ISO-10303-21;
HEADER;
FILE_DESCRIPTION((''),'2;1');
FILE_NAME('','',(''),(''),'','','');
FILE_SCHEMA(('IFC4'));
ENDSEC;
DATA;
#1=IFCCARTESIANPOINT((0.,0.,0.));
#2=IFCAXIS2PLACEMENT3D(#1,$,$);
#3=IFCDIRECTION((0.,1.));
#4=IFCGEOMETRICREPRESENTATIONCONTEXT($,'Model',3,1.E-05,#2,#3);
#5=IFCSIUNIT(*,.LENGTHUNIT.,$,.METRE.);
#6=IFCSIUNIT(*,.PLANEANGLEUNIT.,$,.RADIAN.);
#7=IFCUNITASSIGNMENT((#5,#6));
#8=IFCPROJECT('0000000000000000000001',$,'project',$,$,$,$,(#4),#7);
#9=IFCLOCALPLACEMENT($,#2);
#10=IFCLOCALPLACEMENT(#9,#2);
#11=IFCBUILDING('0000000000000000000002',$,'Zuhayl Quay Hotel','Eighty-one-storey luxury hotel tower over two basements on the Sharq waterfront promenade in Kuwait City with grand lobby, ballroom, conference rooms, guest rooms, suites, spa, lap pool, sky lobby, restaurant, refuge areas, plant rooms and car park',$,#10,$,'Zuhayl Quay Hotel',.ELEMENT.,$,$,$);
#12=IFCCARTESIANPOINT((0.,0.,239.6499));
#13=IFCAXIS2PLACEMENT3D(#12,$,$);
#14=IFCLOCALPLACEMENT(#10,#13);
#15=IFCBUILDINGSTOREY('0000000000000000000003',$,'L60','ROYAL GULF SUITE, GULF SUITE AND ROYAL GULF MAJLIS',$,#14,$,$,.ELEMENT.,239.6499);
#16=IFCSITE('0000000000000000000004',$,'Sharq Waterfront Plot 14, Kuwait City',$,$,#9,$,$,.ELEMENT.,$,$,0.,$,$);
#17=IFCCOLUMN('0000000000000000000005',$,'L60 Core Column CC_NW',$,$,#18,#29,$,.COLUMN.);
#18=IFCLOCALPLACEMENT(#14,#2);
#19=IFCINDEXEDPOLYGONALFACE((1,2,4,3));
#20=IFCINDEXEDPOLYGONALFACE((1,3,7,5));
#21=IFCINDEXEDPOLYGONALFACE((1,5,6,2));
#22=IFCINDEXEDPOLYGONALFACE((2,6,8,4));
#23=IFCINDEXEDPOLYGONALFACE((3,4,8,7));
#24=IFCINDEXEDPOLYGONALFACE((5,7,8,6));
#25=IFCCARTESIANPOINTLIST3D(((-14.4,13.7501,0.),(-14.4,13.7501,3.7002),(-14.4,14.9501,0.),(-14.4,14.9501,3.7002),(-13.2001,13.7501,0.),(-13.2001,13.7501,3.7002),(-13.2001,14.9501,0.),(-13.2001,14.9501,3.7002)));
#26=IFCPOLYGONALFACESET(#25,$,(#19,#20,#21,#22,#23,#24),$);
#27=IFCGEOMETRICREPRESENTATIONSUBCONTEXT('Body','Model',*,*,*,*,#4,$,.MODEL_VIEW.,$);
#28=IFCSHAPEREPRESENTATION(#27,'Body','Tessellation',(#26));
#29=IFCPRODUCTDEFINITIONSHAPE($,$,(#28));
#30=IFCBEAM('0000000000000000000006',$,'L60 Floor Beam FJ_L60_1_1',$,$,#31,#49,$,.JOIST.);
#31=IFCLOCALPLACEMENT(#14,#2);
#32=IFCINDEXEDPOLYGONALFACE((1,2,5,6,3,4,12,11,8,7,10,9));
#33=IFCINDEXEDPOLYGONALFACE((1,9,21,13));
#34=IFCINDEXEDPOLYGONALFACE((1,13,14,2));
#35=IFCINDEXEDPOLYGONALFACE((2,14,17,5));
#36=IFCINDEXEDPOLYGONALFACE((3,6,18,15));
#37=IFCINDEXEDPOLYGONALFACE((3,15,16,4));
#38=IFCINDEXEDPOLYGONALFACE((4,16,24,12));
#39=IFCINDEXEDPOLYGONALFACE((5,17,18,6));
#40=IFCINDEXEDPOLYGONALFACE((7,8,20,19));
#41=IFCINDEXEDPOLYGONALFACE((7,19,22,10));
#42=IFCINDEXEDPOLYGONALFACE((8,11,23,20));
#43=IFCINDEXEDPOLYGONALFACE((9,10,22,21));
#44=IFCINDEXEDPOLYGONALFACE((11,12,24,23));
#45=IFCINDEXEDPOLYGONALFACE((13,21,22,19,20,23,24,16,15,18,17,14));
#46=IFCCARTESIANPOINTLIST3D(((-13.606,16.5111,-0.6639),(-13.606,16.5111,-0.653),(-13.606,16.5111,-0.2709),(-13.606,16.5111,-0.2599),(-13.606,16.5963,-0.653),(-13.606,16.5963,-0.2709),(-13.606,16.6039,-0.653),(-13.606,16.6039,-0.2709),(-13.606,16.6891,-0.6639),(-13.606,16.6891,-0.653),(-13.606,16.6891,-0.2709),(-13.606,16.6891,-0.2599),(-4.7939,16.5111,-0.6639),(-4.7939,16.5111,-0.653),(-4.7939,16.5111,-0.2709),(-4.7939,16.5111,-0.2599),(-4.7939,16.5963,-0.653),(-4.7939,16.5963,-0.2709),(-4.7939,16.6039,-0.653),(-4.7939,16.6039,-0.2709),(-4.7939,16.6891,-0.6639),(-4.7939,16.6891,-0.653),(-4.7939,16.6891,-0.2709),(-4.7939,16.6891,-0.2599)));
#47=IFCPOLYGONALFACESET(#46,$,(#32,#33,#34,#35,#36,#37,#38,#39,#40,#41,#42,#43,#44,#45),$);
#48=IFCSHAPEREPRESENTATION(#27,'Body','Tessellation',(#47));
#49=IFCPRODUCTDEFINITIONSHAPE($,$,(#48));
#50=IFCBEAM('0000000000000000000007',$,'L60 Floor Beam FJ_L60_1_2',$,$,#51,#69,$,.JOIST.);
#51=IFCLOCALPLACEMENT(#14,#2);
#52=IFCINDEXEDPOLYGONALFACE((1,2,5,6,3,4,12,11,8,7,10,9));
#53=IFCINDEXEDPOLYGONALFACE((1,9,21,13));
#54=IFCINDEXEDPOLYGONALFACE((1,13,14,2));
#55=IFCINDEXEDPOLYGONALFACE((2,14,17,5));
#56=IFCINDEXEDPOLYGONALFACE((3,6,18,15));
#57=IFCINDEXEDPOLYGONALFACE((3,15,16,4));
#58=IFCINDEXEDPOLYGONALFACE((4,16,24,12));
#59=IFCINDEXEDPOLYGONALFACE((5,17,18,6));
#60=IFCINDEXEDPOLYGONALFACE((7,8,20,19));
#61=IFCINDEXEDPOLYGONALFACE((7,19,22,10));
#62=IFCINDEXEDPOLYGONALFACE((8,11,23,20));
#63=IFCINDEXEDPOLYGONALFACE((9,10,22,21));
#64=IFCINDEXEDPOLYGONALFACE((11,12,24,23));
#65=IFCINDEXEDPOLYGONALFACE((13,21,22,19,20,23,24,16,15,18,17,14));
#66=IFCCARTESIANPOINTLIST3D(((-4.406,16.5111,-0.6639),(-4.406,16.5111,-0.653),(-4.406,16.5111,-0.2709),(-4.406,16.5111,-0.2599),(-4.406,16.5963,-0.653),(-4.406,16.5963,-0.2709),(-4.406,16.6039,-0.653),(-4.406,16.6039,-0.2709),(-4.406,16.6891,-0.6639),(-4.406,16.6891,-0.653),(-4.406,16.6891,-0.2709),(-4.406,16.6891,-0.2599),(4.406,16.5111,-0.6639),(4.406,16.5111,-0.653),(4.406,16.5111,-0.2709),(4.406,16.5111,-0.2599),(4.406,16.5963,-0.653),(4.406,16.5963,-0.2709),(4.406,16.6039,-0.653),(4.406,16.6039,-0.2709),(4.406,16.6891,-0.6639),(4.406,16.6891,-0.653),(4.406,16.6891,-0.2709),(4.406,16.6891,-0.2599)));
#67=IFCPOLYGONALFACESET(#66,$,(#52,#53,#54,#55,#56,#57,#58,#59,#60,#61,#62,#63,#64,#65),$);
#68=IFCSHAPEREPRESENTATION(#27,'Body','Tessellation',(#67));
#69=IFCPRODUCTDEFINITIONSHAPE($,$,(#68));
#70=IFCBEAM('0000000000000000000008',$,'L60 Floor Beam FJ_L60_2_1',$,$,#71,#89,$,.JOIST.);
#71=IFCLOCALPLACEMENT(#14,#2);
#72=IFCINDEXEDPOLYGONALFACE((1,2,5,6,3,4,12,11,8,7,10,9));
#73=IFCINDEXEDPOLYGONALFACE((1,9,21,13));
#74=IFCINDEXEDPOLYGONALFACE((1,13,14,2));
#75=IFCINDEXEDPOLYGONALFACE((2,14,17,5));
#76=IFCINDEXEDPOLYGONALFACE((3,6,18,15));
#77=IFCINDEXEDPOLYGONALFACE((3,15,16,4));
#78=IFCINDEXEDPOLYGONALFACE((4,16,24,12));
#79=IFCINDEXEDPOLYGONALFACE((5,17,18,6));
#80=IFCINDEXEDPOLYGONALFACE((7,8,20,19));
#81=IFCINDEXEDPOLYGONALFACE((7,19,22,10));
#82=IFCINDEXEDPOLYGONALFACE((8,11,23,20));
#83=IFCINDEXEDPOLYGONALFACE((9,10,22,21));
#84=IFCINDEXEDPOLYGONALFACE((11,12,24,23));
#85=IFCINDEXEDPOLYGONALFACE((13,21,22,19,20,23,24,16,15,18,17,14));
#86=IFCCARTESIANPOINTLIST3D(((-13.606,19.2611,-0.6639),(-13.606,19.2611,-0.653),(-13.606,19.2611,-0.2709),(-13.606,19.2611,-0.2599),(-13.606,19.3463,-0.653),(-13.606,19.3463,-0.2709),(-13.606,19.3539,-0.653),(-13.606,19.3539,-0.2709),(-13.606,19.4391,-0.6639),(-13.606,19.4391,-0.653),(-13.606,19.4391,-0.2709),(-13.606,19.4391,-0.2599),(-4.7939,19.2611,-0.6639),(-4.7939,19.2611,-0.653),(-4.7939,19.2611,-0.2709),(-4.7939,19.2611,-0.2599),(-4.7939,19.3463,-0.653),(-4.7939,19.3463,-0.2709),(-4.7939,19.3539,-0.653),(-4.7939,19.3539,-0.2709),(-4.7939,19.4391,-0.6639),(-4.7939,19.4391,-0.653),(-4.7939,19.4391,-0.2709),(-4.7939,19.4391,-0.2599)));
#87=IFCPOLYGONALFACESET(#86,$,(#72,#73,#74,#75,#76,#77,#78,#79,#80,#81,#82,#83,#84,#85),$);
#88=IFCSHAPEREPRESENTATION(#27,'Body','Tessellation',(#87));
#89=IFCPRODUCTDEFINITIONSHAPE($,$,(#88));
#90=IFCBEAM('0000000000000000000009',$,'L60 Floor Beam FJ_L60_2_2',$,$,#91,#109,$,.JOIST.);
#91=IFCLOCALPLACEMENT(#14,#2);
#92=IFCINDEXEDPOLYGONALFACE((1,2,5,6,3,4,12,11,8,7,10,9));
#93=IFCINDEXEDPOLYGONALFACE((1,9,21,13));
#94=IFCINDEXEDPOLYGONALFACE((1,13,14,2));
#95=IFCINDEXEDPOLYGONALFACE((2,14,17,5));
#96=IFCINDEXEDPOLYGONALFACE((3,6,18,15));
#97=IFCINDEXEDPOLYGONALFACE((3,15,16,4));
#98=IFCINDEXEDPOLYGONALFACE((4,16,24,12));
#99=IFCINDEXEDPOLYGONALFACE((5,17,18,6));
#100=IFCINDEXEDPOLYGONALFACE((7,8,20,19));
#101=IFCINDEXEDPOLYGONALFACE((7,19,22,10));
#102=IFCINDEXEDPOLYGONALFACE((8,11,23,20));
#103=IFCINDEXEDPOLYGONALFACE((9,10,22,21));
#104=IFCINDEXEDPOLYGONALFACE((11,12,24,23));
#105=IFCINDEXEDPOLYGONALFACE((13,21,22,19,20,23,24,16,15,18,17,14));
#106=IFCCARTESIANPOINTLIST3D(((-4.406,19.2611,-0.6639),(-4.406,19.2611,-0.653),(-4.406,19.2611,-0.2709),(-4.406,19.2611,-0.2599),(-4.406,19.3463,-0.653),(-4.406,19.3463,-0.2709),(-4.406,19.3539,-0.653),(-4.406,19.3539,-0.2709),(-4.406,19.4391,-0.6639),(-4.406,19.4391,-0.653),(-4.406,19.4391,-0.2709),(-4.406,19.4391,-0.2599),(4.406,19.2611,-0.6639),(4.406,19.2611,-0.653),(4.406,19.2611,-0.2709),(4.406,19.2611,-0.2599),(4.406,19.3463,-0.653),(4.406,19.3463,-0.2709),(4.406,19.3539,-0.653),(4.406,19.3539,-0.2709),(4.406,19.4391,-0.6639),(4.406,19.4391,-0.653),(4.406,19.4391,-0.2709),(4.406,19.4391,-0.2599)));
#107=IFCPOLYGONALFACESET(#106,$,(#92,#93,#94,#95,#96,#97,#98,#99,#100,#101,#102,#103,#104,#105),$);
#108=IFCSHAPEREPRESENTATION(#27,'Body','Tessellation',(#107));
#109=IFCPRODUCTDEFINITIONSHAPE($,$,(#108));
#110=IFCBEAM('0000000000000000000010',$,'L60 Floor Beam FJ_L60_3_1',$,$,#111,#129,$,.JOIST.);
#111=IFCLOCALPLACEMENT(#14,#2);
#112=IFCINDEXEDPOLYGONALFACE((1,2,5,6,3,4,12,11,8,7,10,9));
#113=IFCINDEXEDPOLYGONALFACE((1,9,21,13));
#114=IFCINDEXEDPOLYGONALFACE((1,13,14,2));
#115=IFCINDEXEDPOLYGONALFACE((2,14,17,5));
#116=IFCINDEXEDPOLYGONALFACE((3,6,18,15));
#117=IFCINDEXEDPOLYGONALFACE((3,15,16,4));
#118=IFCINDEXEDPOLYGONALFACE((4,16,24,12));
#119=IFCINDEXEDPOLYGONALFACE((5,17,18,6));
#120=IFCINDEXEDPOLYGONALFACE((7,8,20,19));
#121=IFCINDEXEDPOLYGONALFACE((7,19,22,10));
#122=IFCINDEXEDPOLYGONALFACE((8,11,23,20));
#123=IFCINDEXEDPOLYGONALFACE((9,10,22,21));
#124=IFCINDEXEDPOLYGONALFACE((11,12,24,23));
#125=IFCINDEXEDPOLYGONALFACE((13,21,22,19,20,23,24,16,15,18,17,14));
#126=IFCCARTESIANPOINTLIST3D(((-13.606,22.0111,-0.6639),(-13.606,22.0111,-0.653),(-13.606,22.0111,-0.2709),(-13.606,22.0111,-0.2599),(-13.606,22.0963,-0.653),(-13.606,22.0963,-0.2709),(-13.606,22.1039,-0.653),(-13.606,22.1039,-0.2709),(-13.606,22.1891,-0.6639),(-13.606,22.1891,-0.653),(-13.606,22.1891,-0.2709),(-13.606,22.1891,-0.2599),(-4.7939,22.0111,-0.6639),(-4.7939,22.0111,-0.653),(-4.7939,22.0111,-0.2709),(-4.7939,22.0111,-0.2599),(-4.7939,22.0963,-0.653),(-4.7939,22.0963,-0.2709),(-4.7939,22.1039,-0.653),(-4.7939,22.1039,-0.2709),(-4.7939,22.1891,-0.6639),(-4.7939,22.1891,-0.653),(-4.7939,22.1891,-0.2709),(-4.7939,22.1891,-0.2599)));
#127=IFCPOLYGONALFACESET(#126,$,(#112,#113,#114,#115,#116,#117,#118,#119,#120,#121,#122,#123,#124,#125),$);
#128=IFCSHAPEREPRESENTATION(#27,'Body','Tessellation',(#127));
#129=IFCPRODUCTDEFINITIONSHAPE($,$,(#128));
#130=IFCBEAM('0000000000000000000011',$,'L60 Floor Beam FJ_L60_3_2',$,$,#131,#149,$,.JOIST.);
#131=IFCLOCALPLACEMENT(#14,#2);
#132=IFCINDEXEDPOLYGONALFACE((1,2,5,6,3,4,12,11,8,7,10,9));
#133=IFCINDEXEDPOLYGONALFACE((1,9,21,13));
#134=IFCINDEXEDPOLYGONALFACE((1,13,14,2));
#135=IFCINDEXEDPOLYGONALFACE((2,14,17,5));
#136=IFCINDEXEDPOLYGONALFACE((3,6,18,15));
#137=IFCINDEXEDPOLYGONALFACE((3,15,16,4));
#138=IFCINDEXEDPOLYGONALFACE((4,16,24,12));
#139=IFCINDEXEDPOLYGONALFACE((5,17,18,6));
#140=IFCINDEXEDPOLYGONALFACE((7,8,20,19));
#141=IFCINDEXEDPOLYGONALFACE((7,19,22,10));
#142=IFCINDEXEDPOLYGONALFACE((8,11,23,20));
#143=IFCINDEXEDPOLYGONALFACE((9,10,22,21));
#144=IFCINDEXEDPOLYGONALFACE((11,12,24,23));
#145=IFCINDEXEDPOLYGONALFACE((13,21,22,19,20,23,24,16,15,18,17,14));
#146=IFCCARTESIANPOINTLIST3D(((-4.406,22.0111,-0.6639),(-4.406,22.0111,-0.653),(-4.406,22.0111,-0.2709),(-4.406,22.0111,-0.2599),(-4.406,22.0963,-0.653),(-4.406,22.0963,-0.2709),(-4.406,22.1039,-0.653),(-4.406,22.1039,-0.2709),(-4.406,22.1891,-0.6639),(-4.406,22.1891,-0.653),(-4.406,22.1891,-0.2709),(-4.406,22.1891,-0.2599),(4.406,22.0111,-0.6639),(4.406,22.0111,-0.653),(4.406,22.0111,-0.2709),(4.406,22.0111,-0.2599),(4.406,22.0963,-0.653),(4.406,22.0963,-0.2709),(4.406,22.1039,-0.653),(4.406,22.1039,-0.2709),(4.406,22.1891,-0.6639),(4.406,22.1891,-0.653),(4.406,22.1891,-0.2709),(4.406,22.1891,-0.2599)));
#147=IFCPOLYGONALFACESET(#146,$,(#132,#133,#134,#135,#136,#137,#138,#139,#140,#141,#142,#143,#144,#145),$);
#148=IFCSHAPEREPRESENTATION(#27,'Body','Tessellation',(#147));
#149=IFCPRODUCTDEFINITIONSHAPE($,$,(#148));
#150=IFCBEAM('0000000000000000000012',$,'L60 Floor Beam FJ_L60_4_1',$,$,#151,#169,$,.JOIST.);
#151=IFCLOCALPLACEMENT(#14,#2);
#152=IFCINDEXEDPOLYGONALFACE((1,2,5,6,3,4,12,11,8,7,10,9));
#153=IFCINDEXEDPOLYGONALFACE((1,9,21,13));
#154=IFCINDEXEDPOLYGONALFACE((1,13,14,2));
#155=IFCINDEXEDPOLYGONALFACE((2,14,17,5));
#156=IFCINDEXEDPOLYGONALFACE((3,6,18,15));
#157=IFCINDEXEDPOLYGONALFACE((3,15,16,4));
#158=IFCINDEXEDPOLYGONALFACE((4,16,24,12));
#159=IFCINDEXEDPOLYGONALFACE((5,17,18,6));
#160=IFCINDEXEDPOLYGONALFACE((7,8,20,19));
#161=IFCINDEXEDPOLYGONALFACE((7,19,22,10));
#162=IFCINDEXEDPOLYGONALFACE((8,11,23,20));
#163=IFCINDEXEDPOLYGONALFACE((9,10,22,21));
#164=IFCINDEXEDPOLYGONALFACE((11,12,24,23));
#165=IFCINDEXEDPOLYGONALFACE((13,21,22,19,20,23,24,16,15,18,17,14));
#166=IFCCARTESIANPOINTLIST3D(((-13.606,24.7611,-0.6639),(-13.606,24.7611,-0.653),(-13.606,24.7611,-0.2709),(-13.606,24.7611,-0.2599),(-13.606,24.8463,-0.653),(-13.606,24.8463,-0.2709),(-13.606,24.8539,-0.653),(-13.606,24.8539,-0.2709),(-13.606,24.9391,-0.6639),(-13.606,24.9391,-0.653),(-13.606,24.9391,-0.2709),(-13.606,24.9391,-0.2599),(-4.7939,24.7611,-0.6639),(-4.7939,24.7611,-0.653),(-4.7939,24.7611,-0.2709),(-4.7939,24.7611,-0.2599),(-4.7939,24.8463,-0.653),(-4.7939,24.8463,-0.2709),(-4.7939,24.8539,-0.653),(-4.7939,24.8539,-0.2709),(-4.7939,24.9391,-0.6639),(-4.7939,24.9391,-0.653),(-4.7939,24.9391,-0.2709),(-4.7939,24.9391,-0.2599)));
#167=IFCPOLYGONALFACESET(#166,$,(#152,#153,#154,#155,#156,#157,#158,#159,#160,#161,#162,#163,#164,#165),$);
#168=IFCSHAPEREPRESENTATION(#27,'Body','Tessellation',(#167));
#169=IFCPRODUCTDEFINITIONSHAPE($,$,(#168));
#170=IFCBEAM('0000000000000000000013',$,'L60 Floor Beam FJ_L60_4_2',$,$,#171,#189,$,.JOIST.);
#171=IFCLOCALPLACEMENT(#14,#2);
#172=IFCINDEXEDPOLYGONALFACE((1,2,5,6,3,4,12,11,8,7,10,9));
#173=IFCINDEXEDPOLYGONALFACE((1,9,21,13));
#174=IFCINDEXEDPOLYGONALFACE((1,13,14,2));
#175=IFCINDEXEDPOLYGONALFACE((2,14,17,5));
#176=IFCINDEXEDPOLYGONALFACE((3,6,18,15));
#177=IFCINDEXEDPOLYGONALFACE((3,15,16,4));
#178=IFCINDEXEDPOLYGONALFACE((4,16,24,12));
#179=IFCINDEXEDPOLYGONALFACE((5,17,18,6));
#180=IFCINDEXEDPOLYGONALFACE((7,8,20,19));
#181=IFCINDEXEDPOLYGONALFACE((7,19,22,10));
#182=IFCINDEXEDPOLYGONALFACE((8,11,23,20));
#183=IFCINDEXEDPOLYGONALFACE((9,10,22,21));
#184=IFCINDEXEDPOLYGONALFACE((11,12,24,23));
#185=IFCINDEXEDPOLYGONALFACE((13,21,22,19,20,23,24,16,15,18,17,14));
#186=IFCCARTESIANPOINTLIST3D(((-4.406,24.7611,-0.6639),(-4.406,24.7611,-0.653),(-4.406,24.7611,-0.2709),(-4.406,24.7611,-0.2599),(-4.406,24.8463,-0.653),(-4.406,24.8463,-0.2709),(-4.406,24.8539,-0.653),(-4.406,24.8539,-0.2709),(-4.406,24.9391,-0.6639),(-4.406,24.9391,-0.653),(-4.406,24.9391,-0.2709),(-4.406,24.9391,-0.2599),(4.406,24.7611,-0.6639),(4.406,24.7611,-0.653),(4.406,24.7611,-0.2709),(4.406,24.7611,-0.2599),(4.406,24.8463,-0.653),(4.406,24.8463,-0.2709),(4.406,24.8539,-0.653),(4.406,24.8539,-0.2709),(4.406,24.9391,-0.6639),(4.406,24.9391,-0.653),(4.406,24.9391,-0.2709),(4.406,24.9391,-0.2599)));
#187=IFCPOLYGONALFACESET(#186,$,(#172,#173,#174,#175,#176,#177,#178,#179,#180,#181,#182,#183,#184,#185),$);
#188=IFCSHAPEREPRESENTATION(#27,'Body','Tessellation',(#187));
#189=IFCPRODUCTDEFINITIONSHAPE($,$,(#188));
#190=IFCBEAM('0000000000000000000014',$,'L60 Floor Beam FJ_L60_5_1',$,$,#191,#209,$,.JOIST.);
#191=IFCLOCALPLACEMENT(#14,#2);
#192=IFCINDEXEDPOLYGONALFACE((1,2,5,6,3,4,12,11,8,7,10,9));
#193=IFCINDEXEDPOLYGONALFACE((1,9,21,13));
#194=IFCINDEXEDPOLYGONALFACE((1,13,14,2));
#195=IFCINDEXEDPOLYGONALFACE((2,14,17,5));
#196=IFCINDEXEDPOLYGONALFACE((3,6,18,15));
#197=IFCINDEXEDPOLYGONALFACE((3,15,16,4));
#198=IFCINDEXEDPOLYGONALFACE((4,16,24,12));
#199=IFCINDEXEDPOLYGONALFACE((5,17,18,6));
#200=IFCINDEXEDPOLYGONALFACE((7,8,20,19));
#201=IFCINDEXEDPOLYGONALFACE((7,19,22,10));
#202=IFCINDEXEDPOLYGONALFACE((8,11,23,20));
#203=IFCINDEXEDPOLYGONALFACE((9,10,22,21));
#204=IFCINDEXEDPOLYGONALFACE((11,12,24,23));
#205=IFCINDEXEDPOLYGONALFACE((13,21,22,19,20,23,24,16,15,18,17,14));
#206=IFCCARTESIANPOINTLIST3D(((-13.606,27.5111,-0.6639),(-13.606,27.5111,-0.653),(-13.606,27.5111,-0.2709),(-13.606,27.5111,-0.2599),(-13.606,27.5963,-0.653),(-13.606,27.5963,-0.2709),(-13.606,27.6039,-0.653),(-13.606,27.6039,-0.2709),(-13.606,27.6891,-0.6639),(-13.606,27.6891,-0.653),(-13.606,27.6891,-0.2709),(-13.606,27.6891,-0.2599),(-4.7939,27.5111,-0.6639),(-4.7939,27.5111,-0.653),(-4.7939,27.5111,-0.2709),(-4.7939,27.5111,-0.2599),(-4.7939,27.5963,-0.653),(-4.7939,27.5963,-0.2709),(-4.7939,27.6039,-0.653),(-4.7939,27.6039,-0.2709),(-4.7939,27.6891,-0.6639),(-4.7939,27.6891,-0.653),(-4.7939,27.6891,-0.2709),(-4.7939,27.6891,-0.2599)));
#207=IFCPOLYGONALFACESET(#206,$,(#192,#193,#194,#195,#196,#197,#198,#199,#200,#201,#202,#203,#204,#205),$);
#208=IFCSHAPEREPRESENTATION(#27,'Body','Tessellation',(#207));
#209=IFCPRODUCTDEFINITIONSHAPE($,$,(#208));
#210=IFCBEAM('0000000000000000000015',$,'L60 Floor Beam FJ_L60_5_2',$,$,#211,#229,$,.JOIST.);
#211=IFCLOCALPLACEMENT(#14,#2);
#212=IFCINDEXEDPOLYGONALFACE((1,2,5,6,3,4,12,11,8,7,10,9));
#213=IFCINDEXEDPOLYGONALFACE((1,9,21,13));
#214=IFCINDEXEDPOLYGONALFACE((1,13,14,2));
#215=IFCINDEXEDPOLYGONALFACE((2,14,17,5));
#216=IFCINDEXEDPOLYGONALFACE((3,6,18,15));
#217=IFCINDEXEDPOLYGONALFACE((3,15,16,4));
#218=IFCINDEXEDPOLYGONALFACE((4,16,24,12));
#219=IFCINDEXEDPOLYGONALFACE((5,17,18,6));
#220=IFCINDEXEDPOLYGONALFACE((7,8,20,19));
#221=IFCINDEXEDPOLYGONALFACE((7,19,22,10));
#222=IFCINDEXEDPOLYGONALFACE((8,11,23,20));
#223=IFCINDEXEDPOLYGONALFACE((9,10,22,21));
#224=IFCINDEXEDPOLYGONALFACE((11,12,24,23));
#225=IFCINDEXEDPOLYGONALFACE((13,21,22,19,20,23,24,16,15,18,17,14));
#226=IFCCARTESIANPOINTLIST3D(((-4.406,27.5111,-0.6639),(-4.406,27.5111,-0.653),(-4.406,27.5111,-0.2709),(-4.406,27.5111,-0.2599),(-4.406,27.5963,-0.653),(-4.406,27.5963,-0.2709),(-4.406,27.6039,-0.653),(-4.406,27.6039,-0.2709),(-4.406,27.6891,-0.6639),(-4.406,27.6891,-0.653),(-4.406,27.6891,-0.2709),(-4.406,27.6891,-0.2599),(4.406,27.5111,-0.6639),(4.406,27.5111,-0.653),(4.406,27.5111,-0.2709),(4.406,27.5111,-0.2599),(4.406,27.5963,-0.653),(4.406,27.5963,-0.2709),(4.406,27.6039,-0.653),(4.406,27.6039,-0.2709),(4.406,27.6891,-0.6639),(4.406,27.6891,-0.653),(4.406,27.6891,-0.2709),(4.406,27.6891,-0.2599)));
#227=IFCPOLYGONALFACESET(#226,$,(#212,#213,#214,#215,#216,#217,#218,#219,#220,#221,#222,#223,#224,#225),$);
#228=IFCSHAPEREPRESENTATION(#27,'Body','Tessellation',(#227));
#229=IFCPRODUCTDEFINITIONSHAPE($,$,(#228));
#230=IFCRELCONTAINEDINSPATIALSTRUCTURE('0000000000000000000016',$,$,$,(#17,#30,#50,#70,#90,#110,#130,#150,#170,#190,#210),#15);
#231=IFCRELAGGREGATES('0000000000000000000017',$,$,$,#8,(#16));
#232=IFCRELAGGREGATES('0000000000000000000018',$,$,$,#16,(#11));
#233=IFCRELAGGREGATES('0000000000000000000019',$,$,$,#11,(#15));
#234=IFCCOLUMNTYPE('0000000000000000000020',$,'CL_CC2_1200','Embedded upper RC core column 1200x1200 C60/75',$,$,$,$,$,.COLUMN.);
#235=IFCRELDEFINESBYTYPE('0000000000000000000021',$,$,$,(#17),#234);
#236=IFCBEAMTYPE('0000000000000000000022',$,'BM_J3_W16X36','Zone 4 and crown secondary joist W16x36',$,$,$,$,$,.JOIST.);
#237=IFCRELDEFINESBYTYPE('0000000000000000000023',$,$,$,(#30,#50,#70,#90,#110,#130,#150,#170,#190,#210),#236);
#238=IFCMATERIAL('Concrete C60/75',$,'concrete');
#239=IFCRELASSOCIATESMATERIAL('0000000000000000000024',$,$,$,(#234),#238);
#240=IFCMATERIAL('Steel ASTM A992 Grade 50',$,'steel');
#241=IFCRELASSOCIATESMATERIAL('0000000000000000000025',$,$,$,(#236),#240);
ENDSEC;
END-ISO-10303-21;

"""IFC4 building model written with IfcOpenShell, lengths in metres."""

from ifc_helpers import new_model, si_unit, direction, frame, origin, origin_2d, place, context, subcontext, project, spatial, rectangle, i_section, extrude, material, material_profile, profile_set, type_object, element, save


model = new_model("IFC4")

# Units and contexts
model_context = context("Model", 3, precision=1e-05, world=origin(), true_north=direction((0.0, 1.0)))
body_context = subcontext(model_context, "Body", "Model", "MODEL_VIEW")
ifc_project = project(units=[si_unit("LENGTHUNIT", "METRE"), si_unit("PLANEANGLEUNIT", "RADIAN")], contexts=[model_context])

# Site, building, storey
site_placement = place(None, origin())
site = spatial("IfcSite", under=ifc_project, at=site_placement, Name="Sharq Waterfront Plot 14, Kuwait City", CompositionType="ELEMENT", RefElevation=0.0)
building_placement = place(site_placement, origin())
building = spatial("IfcBuilding", under=site, at=building_placement, Name="Zuhayl Quay Hotel", Description="Eighty-one-storey luxury hotel tower over two basements on the Sharq waterfront promenade in Kuwait City with grand lobby, ballroom, conference rooms, guest rooms, suites, spa, lap pool, sky lobby, restaurant, refuge areas, plant rooms and car park", LongName="Zuhayl Quay Hotel", CompositionType="ELEMENT")
storey_placement = place(building_placement, frame((0.0, 0.0, 239.6499)))
storey = spatial("IfcBuildingStorey", under=building, at=storey_placement, Name="L60", Description="ROYAL GULF SUITE, GULF SUITE AND ROYAL GULF MAJLIS", CompositionType="ELEMENT", Elevation=239.6499)

# Column
ifc_material_1 = material(Name="Concrete C60/75", Category="concrete")
ifc_material_profile_1 = material_profile(ifc_material_1, rectangle(XDim=1.2, YDim=1.2, at=origin_2d()), Name="RC1200X1200")
ifc_profile_set_1 = profile_set([ifc_material_profile_1], Name="Concrete C60/75")
column_type = type_object("IfcColumnType", Name="CL_CC2_1200", Description="Embedded upper RC core column 1200x1200 C60/75", PredefinedType="COLUMN", material=ifc_profile_set_1)
column_placement = place(storey_placement, frame((-13.8, 14.3501, 0.0), z_axis=(0.0, 0.0, 1.0), x_axis=(1.0, 0.0, 0.0)))
element("IfcColumn", 1, at=column_placement, inside=storey, type_object=column_type, Name="L60 Core Column CC_NW", PredefinedType="COLUMN", context=body_context, shape_type="SweptSolid", body=[
    extrude(rectangle(XDim=1.2, YDim=1.2, at=origin_2d()), origin(), (0.0, 0.0, 1.0), 3.7002),
])

# Beams
ifc_material_2 = material(Name="Steel ASTM A992 Grade 50", Category="steel")
ifc_material_profile_2 = material_profile(ifc_material_2, i_section(OverallWidth=0.178, OverallDepth=0.4041, WebThickness=0.0076, FlangeThickness=0.011, at=origin_2d()), Name="W16X36")
ifc_profile_set_2 = profile_set([ifc_material_profile_2], Name="Steel ASTM A992 Grade 50")
beam_type_1 = type_object("IfcBeamType", Name="BM_J3_W16X36", Description="Zone 4 and crown secondary joist W16x36", PredefinedType="JOIST", material=ifc_profile_set_2)
for number, where, z_axis, x_axis, name in (
    (2, (-13.606, 16.6001, -0.4619), (1.0, 0.0, 0.0), (0.0, 1.0, 0.0), "L60 Floor Beam FJ_L60_1_1"),
    (3, (-4.406, 16.6001, -0.4619), (1.0, 0.0, 0.0), (0.0, 1.0, 0.0), "L60 Floor Beam FJ_L60_1_2"),
    (4, (-13.606, 19.3501, -0.4619), (1.0, 0.0, 0.0), (0.0, 1.0, 0.0), "L60 Floor Beam FJ_L60_2_1"),
    (5, (-4.406, 19.3501, -0.4619), (1.0, 0.0, 0.0), (0.0, 1.0, 0.0), "L60 Floor Beam FJ_L60_2_2"),
    (6, (-13.606, 22.1001, -0.4619), (1.0, 0.0, 0.0), (0.0, 1.0, 0.0), "L60 Floor Beam FJ_L60_3_1"),
    (7, (-4.406, 22.1001, -0.4619), (1.0, 0.0, 0.0), (0.0, 1.0, 0.0), "L60 Floor Beam FJ_L60_3_2"),
    (8, (-13.606, 24.8501, -0.4619), (1.0, 0.0, 0.0), (0.0, 1.0, 0.0), "L60 Floor Beam FJ_L60_4_1"),
    (9, (-4.406, 24.8501, -0.4619), (1.0, 0.0, 0.0), (0.0, 1.0, 0.0), "L60 Floor Beam FJ_L60_4_2"),
    (10, (-13.606, 27.6001, -0.4619), (1.0, 0.0, 0.0), (0.0, 1.0, 0.0), "L60 Floor Beam FJ_L60_5_1"),
    (11, (-4.406, 27.6001, -0.4619), (1.0, 0.0, 0.0), (0.0, 1.0, 0.0), "L60 Floor Beam FJ_L60_5_2"),
):
    element("IfcBeam", number, at=place(storey_placement, frame(where, z_axis=z_axis, x_axis=x_axis)), inside=storey, type_object=beam_type_1, Name=name, PredefinedType="JOIST", context=body_context, shape_type="SweptSolid", body=[
        extrude(i_section(OverallWidth=0.178, OverallDepth=0.4041, WebThickness=0.0076, FlangeThickness=0.011, at=origin_2d()), origin(), (0.0, 0.0, 1.0), 8.812),
    ])

save(model, "model.ifc")
